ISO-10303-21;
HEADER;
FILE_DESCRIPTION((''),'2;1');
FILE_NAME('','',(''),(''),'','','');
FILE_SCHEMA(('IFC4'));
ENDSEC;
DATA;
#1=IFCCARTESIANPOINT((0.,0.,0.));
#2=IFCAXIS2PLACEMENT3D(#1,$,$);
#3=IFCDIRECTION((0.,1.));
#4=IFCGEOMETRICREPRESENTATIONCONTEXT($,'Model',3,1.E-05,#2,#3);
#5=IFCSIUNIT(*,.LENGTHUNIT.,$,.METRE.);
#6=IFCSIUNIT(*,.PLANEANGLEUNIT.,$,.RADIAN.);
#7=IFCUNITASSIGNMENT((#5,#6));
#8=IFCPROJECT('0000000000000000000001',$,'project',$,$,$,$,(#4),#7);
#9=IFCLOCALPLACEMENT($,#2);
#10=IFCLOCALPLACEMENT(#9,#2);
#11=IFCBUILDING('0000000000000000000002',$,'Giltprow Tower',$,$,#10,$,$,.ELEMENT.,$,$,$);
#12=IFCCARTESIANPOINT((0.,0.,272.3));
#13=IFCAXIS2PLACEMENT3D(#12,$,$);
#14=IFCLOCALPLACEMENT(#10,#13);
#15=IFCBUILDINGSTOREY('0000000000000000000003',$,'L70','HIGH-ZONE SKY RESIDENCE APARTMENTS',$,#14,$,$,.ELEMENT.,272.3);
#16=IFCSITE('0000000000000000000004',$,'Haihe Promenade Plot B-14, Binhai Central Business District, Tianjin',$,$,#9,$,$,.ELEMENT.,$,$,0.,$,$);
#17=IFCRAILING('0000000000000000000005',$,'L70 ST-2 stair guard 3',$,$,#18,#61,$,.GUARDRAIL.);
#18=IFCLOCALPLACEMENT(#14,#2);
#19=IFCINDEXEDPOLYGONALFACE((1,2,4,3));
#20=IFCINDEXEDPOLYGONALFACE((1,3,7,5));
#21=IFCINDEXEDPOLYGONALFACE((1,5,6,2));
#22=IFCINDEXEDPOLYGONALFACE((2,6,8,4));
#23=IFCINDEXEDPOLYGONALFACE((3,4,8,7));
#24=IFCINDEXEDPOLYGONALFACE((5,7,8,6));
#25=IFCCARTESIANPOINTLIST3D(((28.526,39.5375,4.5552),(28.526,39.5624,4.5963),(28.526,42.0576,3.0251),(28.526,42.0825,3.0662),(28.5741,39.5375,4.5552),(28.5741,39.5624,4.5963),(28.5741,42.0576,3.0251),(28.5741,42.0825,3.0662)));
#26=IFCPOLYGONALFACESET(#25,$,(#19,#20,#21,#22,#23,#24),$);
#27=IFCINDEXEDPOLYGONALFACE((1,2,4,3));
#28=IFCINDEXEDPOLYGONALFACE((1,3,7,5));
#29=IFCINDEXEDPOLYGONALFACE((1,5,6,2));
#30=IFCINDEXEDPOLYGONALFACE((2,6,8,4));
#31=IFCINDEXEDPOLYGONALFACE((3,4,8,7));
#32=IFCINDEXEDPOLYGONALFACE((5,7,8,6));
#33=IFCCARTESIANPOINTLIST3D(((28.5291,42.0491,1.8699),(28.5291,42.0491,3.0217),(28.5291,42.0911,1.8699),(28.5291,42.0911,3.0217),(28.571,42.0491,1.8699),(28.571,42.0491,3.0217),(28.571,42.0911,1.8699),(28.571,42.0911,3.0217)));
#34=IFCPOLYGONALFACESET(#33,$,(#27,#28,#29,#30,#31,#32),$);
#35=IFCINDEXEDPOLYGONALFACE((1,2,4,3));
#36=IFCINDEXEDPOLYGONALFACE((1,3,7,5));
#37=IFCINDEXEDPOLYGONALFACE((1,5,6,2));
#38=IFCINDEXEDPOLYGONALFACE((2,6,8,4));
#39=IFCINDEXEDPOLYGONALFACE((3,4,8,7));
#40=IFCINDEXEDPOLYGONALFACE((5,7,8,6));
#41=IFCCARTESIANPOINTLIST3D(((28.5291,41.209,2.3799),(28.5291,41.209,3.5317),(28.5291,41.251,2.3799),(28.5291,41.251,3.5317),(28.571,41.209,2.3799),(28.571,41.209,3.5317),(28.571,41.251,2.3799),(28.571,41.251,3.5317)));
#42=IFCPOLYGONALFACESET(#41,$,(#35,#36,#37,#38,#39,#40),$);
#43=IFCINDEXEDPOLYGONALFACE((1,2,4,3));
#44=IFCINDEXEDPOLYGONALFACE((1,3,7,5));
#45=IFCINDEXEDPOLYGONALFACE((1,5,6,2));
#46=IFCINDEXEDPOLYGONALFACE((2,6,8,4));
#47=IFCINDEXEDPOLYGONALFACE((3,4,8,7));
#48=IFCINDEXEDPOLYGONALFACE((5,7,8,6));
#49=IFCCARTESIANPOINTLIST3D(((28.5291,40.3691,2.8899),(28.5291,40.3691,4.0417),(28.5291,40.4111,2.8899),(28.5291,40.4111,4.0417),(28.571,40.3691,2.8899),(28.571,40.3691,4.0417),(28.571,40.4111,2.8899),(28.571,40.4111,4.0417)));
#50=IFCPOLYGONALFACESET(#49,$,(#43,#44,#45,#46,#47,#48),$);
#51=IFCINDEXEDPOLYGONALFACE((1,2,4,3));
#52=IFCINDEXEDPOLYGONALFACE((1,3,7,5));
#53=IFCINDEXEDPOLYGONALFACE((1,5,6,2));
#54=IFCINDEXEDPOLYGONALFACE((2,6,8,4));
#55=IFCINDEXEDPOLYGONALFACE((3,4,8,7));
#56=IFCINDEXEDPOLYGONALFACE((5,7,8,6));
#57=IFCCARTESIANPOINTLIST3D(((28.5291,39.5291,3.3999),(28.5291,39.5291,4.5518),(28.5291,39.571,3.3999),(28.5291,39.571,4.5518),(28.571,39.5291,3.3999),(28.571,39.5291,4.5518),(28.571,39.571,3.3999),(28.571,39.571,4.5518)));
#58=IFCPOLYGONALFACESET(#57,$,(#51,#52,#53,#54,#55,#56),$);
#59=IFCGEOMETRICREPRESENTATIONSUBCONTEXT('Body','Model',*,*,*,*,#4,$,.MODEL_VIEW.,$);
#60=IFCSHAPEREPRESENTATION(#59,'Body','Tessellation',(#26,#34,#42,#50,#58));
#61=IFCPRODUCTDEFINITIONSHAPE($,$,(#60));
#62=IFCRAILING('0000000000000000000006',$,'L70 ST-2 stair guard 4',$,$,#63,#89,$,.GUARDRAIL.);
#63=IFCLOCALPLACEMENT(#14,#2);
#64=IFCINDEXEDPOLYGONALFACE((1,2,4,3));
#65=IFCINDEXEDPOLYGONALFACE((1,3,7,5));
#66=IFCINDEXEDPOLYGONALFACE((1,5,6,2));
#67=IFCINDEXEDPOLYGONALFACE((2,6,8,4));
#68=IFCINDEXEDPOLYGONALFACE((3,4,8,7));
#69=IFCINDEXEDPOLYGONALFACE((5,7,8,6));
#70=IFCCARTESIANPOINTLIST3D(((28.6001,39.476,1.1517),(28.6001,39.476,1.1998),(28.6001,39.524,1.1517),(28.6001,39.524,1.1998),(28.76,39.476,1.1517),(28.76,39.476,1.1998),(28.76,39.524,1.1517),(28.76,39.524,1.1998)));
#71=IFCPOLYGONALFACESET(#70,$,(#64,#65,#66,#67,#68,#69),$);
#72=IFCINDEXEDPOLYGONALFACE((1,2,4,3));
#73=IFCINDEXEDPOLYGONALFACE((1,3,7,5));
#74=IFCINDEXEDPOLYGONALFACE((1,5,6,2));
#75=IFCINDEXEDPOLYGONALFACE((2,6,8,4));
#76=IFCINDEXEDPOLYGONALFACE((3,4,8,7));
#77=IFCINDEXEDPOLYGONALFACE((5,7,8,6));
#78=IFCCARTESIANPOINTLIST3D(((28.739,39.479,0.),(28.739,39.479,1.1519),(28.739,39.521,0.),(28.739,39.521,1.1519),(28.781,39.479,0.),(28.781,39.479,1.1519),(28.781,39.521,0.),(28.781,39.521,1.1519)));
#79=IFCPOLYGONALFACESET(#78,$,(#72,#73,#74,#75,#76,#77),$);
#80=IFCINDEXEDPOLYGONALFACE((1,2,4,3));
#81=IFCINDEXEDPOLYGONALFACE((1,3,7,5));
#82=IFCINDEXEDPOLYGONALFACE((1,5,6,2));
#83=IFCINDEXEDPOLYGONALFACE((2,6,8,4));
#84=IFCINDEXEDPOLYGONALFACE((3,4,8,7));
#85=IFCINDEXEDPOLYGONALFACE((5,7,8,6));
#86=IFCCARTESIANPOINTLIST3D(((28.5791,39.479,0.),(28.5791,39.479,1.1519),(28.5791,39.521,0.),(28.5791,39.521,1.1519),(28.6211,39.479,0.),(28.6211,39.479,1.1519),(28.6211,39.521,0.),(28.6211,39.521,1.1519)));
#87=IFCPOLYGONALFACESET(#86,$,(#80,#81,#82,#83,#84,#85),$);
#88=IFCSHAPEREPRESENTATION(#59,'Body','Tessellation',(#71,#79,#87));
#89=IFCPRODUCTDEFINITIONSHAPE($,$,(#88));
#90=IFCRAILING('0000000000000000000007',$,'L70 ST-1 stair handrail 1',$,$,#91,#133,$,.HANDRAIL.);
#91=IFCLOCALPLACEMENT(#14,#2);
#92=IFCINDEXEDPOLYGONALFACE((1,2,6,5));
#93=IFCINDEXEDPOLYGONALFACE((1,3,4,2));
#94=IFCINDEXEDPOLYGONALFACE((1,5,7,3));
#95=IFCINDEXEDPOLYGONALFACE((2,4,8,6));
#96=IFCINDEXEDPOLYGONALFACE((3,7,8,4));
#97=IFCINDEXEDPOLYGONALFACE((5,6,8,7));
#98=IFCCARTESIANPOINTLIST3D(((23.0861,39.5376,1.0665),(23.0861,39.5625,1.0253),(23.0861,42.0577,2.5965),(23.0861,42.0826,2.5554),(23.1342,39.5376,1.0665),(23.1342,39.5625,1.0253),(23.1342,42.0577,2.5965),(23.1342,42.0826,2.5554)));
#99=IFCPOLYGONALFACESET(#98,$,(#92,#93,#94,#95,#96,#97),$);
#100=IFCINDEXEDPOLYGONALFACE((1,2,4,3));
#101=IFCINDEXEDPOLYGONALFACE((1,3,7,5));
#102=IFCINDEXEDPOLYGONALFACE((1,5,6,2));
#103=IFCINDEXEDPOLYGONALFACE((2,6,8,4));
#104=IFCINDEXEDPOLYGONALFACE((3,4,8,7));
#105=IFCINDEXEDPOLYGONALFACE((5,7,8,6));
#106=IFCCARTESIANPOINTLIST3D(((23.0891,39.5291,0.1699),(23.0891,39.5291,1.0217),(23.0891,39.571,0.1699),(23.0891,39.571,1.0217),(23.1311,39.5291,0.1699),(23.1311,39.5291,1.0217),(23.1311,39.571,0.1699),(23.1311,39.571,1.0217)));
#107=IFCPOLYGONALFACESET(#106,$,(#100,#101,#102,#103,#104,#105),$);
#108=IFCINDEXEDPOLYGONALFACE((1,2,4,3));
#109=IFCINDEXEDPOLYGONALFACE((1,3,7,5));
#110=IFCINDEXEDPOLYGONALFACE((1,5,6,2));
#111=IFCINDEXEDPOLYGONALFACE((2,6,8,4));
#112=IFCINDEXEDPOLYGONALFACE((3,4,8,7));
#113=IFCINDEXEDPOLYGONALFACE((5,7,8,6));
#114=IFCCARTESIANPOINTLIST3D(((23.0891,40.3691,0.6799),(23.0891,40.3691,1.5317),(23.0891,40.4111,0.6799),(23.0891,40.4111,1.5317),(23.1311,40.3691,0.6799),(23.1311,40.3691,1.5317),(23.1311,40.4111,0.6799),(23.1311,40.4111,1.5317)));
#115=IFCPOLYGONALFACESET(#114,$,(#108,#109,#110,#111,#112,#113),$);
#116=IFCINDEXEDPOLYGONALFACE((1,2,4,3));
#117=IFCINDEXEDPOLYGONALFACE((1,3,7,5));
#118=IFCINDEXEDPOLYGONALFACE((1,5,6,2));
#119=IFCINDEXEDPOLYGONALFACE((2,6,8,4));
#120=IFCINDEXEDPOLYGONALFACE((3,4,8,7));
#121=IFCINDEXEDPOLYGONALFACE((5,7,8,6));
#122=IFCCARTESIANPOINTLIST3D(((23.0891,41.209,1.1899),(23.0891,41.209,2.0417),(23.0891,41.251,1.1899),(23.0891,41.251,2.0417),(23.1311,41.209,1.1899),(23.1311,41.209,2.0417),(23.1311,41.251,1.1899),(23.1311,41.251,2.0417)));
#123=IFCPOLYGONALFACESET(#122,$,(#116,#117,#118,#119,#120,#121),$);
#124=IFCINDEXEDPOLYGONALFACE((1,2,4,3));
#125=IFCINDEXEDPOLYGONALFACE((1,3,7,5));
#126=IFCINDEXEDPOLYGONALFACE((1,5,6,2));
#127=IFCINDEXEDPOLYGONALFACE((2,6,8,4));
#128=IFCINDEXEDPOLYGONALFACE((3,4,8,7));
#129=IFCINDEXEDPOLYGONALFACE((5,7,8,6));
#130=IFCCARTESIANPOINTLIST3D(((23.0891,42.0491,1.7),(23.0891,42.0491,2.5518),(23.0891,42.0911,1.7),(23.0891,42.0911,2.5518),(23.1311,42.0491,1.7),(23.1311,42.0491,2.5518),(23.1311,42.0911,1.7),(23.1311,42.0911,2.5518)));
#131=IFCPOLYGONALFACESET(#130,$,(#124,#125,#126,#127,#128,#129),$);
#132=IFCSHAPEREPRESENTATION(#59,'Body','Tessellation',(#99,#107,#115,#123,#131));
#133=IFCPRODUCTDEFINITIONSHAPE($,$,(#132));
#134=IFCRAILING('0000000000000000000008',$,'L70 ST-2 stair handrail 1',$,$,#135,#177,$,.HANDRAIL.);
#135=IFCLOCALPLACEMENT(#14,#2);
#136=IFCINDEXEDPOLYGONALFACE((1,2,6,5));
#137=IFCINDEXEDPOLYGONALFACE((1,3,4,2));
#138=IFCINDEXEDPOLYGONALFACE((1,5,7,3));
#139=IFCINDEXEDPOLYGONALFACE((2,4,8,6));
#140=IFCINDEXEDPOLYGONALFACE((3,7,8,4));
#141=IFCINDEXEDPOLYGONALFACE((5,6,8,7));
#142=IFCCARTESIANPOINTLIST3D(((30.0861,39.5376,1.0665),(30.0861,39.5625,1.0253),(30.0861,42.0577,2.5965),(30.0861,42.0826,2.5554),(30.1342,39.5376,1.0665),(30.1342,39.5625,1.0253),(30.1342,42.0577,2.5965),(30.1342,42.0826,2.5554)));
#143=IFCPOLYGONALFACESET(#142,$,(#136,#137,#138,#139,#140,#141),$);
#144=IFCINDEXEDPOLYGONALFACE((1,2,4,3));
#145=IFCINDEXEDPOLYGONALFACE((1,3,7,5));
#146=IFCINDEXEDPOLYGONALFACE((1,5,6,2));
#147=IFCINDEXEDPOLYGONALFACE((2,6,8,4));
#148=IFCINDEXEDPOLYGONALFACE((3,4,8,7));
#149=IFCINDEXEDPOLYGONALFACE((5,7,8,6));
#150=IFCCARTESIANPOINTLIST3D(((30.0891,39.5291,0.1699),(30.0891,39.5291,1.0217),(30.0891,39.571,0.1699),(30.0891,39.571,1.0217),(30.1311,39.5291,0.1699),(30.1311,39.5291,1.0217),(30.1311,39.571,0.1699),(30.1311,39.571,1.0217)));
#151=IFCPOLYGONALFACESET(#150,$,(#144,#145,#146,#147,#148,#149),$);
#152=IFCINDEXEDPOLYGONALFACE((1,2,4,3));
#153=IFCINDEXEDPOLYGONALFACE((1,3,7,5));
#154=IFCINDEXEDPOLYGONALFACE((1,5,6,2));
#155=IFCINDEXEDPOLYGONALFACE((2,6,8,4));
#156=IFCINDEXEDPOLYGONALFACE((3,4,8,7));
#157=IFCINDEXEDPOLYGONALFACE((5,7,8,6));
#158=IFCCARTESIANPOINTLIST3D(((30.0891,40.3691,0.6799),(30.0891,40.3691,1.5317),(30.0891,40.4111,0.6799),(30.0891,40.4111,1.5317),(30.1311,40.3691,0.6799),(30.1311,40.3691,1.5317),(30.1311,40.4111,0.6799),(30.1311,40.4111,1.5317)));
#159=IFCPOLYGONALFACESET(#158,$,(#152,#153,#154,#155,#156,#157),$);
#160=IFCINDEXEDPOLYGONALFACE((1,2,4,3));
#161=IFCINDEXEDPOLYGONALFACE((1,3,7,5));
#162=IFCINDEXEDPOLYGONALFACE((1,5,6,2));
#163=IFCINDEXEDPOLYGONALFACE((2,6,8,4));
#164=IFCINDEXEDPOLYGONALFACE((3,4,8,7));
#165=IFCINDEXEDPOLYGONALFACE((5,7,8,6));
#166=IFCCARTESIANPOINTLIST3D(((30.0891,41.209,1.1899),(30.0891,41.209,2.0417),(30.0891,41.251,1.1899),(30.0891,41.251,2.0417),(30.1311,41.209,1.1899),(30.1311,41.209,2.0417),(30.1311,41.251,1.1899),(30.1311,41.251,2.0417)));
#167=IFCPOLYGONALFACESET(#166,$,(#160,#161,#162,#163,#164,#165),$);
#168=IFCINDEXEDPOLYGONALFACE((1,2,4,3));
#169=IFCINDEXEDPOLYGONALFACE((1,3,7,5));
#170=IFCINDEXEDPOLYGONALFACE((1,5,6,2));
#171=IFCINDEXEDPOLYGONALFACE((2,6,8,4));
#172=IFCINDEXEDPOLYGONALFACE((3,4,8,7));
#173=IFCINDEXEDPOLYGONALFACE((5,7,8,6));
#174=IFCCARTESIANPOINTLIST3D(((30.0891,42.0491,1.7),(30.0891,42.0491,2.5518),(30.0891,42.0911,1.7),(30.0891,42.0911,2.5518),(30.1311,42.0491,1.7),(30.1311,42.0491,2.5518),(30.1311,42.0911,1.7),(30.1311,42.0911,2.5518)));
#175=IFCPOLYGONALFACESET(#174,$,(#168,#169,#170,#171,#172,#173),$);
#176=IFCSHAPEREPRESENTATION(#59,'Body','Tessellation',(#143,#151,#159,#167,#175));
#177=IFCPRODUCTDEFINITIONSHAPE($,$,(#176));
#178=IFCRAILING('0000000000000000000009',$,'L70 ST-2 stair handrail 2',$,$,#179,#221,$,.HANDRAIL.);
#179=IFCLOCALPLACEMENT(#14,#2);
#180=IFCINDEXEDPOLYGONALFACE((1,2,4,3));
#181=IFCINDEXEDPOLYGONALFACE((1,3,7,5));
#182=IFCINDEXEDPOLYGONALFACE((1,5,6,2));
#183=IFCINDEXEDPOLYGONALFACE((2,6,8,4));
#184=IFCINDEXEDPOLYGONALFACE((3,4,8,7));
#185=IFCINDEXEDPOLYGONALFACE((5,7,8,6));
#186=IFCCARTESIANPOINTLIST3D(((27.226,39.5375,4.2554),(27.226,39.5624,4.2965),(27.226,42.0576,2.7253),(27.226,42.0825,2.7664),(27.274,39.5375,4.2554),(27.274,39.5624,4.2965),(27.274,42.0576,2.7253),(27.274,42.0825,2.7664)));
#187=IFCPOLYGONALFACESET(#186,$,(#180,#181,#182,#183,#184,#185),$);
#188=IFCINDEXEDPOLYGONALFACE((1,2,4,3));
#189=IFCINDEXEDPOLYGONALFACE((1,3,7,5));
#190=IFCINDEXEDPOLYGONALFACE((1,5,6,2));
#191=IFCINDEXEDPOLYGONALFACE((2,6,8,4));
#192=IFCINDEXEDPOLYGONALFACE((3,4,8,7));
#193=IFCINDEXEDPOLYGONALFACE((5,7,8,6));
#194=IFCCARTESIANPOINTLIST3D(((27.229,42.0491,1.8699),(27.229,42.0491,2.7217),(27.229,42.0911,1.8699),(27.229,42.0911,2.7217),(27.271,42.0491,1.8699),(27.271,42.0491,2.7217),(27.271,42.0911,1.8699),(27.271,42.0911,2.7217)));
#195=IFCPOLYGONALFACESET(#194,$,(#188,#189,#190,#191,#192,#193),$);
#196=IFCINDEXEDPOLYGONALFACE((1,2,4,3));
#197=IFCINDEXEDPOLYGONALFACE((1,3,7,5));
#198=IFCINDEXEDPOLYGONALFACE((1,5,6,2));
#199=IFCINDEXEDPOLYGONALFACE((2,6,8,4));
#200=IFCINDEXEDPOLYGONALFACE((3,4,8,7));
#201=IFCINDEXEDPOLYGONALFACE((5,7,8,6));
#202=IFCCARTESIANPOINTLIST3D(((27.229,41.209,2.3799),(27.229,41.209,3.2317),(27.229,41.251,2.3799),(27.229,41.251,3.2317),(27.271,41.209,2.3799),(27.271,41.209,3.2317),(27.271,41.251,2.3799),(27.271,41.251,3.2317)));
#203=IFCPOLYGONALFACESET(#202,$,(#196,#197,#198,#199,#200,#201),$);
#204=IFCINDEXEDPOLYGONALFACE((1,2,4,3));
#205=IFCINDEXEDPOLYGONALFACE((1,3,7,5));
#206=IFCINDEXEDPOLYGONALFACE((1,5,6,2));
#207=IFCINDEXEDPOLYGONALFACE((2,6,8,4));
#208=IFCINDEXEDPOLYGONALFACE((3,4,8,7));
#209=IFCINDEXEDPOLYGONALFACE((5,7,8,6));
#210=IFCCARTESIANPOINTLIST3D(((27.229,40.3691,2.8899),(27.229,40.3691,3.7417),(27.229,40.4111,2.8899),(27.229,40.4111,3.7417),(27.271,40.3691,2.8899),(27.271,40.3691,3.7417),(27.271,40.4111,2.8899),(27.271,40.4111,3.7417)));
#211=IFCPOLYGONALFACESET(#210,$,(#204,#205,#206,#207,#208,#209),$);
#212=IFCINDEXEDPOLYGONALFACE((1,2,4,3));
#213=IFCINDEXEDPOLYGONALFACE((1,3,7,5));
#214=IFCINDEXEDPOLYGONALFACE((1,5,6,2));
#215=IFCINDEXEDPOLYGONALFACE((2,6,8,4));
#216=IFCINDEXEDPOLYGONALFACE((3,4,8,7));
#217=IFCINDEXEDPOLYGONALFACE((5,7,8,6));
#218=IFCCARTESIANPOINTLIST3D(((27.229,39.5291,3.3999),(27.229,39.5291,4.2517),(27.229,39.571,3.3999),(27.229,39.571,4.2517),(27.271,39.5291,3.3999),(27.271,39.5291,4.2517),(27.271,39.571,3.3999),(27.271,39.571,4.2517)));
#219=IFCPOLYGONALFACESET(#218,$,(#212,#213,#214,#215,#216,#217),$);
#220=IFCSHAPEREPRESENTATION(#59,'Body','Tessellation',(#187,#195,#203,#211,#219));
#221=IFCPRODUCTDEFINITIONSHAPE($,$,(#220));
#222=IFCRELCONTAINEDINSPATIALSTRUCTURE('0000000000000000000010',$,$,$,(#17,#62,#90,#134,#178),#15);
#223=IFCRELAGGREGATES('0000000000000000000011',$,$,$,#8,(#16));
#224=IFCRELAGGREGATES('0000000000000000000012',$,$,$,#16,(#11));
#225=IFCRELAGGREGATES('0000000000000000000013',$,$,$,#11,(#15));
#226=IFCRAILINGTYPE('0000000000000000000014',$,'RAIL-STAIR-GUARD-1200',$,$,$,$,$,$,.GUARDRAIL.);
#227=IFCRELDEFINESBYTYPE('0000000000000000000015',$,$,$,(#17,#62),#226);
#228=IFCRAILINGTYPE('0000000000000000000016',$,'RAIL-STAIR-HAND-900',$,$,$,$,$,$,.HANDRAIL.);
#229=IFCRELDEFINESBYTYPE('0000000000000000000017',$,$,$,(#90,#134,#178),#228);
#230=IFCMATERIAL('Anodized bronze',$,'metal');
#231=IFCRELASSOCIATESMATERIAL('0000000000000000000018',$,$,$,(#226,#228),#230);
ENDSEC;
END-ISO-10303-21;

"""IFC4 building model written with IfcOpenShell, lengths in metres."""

from ifc_helpers import new_model, si_unit, direction, frame, origin, origin_2d, place, context, subcontext, project, spatial, rectangle, extrude, material, type_object, element, save


model = new_model("IFC4")

# Units and contexts
model_context = context("Model", 3, precision=1e-05, world=origin(), true_north=direction((0.0, 1.0)))
body_context = subcontext(model_context, "Body", "Model", "MODEL_VIEW")
ifc_project = project(units=[si_unit("LENGTHUNIT", "METRE"), si_unit("PLANEANGLEUNIT", "RADIAN")], contexts=[model_context])

# Site, building, storey
site_placement = place(None, origin())
site = spatial("IfcSite", under=ifc_project, at=site_placement, Name="Haihe Promenade Plot B-14, Binhai Central Business District, Tianjin", CompositionType="ELEMENT", RefElevation=0.0)
building_placement = place(site_placement, origin())
building = spatial("IfcBuilding", under=site, at=building_placement, Name="Giltprow Tower", CompositionType="ELEMENT")
storey_placement = place(building_placement, frame((0.0, 0.0, 272.3)))
storey = spatial("IfcBuildingStorey", under=building, at=storey_placement, Name="L70", Description="HIGH-ZONE SKY RESIDENCE APARTMENTS", CompositionType="ELEMENT", Elevation=272.3)

# Railings
ifc_material_1 = material(Name="Anodized bronze", Category="metal")
railing_type_1 = type_object("IfcRailingType", Name="RAIL-STAIR-GUARD-1200", PredefinedType="GUARDRAIL", material=ifc_material_1)
railing_1_placement = place(storey_placement, frame((28.55, 42.0701, 1.8699)))
element("IfcRailing", 1, at=railing_1_placement, inside=storey, type_object=railing_type_1, Name="L70 ST-2 stair guard 3", PredefinedType="GUARDRAIL", context=body_context, shape_type="SweptSolid", body=[
    extrude(rectangle(XDim=0.0481, YDim=0.0481, at=origin_2d()), frame((0.0, 0.0, 1.1758), z_axis=(0.0, -0.854785, 0.518982), x_axis=(1.0, 0.0, 0.0)), (0.0, 0.0, 1.0), 2.9482),
    extrude(rectangle(XDim=0.042, YDim=0.042, at=origin_2d()), origin(), (0.0, 0.0, 1.0), 1.1519),
    extrude(rectangle(XDim=0.042, YDim=0.042, at=origin_2d()), frame((0.0, -0.8401, 0.51)), (0.0, 0.0, 1.0), 1.1519),
    extrude(rectangle(XDim=0.042, YDim=0.042, at=origin_2d()), frame((0.0, -1.6799, 1.02)), (0.0, 0.0, 1.0), 1.1519),
    extrude(rectangle(XDim=0.042, YDim=0.042, at=origin_2d()), frame((0.0, -2.52, 1.53)), (0.0, 0.0, 1.0), 1.1519),
])
railing_2_placement = place(storey_placement, frame((28.76, 39.5, 0.0)))
element("IfcRailing", 2, at=railing_2_placement, inside=storey, type_object=railing_type_1, Name="L70 ST-2 stair guard 4", PredefinedType="GUARDRAIL", context=body_context, shape_type="SweptSolid", body=[
    extrude(rectangle(XDim=0.0481, YDim=0.0481, at=origin_2d()), frame((0.0, 0.0, 1.1758), z_axis=(-1.0, 0.0, 0.0), x_axis=(0.0, -1.0, 0.0)), (0.0, 0.0, 1.0), 0.1599),
    extrude(rectangle(XDim=0.042, YDim=0.042, at=origin_2d()), origin(), (0.0, 0.0, 1.0), 1.1519),
    extrude(rectangle(XDim=0.042, YDim=0.042, at=origin_2d()), frame((-0.1599, 0.0, 0.0)), (0.0, 0.0, 1.0), 1.1519),
])
railing_type_2 = type_object("IfcRailingType", Name="RAIL-STAIR-HAND-900", PredefinedType="HANDRAIL", material=ifc_material_1)
for number, where, name in (
    (3, (23.1101, 39.55, 0.1699), "L70 ST-1 stair handrail 1"),
    (4, (30.1101, 39.55, 0.1699), "L70 ST-2 stair handrail 1"),
):
    element("IfcRailing", number, at=place(storey_placement, frame(where)), inside=storey, type_object=railing_type_2, Name=name, PredefinedType="HANDRAIL", context=body_context, shape_type="SweptSolid", body=[
        extrude(rectangle(XDim=0.0481, YDim=0.0481, at=origin_2d()), frame((0.0, 0.0, 0.876), z_axis=(0.0, 0.854785, 0.518982), x_axis=(-1.0, 0.0, 0.0)), (0.0, 0.0, 1.0), 2.9482),
        extrude(rectangle(XDim=0.042, YDim=0.042, at=origin_2d()), origin(), (0.0, 0.0, 1.0), 0.8518),
        extrude(rectangle(XDim=0.042, YDim=0.042, at=origin_2d()), frame((0.0, 0.8401, 0.51)), (0.0, 0.0, 1.0), 0.8518),
        extrude(rectangle(XDim=0.042, YDim=0.042, at=origin_2d()), frame((0.0, 1.6799, 1.02)), (0.0, 0.0, 1.0), 0.8518),
        extrude(rectangle(XDim=0.042, YDim=0.042, at=origin_2d()), frame((0.0, 2.52, 1.53)), (0.0, 0.0, 1.0), 0.8518),
    ])
railing_3_placement = place(storey_placement, frame((27.25, 42.0701, 1.8699)))
element("IfcRailing", 5, at=railing_3_placement, inside=storey, type_object=railing_type_2, Name="L70 ST-2 stair handrail 2", PredefinedType="HANDRAIL", context=body_context, shape_type="SweptSolid", body=[
    extrude(rectangle(XDim=0.0481, YDim=0.0481, at=origin_2d()), frame((0.0, 0.0, 0.876), z_axis=(0.0, -0.854785, 0.518982), x_axis=(1.0, 0.0, 0.0)), (0.0, 0.0, 1.0), 2.9482),
    extrude(rectangle(XDim=0.042, YDim=0.042, at=origin_2d()), origin(), (0.0, 0.0, 1.0), 0.8518),
    extrude(rectangle(XDim=0.042, YDim=0.042, at=origin_2d()), frame((0.0, -0.8401, 0.51)), (0.0, 0.0, 1.0), 0.8518),
    extrude(rectangle(XDim=0.042, YDim=0.042, at=origin_2d()), frame((0.0, -1.6799, 1.02)), (0.0, 0.0, 1.0), 0.8518),
    extrude(rectangle(XDim=0.042, YDim=0.042, at=origin_2d()), frame((0.0, -2.52, 1.53)), (0.0, 0.0, 1.0), 0.8518),
])

save(model, "model.ifc")
